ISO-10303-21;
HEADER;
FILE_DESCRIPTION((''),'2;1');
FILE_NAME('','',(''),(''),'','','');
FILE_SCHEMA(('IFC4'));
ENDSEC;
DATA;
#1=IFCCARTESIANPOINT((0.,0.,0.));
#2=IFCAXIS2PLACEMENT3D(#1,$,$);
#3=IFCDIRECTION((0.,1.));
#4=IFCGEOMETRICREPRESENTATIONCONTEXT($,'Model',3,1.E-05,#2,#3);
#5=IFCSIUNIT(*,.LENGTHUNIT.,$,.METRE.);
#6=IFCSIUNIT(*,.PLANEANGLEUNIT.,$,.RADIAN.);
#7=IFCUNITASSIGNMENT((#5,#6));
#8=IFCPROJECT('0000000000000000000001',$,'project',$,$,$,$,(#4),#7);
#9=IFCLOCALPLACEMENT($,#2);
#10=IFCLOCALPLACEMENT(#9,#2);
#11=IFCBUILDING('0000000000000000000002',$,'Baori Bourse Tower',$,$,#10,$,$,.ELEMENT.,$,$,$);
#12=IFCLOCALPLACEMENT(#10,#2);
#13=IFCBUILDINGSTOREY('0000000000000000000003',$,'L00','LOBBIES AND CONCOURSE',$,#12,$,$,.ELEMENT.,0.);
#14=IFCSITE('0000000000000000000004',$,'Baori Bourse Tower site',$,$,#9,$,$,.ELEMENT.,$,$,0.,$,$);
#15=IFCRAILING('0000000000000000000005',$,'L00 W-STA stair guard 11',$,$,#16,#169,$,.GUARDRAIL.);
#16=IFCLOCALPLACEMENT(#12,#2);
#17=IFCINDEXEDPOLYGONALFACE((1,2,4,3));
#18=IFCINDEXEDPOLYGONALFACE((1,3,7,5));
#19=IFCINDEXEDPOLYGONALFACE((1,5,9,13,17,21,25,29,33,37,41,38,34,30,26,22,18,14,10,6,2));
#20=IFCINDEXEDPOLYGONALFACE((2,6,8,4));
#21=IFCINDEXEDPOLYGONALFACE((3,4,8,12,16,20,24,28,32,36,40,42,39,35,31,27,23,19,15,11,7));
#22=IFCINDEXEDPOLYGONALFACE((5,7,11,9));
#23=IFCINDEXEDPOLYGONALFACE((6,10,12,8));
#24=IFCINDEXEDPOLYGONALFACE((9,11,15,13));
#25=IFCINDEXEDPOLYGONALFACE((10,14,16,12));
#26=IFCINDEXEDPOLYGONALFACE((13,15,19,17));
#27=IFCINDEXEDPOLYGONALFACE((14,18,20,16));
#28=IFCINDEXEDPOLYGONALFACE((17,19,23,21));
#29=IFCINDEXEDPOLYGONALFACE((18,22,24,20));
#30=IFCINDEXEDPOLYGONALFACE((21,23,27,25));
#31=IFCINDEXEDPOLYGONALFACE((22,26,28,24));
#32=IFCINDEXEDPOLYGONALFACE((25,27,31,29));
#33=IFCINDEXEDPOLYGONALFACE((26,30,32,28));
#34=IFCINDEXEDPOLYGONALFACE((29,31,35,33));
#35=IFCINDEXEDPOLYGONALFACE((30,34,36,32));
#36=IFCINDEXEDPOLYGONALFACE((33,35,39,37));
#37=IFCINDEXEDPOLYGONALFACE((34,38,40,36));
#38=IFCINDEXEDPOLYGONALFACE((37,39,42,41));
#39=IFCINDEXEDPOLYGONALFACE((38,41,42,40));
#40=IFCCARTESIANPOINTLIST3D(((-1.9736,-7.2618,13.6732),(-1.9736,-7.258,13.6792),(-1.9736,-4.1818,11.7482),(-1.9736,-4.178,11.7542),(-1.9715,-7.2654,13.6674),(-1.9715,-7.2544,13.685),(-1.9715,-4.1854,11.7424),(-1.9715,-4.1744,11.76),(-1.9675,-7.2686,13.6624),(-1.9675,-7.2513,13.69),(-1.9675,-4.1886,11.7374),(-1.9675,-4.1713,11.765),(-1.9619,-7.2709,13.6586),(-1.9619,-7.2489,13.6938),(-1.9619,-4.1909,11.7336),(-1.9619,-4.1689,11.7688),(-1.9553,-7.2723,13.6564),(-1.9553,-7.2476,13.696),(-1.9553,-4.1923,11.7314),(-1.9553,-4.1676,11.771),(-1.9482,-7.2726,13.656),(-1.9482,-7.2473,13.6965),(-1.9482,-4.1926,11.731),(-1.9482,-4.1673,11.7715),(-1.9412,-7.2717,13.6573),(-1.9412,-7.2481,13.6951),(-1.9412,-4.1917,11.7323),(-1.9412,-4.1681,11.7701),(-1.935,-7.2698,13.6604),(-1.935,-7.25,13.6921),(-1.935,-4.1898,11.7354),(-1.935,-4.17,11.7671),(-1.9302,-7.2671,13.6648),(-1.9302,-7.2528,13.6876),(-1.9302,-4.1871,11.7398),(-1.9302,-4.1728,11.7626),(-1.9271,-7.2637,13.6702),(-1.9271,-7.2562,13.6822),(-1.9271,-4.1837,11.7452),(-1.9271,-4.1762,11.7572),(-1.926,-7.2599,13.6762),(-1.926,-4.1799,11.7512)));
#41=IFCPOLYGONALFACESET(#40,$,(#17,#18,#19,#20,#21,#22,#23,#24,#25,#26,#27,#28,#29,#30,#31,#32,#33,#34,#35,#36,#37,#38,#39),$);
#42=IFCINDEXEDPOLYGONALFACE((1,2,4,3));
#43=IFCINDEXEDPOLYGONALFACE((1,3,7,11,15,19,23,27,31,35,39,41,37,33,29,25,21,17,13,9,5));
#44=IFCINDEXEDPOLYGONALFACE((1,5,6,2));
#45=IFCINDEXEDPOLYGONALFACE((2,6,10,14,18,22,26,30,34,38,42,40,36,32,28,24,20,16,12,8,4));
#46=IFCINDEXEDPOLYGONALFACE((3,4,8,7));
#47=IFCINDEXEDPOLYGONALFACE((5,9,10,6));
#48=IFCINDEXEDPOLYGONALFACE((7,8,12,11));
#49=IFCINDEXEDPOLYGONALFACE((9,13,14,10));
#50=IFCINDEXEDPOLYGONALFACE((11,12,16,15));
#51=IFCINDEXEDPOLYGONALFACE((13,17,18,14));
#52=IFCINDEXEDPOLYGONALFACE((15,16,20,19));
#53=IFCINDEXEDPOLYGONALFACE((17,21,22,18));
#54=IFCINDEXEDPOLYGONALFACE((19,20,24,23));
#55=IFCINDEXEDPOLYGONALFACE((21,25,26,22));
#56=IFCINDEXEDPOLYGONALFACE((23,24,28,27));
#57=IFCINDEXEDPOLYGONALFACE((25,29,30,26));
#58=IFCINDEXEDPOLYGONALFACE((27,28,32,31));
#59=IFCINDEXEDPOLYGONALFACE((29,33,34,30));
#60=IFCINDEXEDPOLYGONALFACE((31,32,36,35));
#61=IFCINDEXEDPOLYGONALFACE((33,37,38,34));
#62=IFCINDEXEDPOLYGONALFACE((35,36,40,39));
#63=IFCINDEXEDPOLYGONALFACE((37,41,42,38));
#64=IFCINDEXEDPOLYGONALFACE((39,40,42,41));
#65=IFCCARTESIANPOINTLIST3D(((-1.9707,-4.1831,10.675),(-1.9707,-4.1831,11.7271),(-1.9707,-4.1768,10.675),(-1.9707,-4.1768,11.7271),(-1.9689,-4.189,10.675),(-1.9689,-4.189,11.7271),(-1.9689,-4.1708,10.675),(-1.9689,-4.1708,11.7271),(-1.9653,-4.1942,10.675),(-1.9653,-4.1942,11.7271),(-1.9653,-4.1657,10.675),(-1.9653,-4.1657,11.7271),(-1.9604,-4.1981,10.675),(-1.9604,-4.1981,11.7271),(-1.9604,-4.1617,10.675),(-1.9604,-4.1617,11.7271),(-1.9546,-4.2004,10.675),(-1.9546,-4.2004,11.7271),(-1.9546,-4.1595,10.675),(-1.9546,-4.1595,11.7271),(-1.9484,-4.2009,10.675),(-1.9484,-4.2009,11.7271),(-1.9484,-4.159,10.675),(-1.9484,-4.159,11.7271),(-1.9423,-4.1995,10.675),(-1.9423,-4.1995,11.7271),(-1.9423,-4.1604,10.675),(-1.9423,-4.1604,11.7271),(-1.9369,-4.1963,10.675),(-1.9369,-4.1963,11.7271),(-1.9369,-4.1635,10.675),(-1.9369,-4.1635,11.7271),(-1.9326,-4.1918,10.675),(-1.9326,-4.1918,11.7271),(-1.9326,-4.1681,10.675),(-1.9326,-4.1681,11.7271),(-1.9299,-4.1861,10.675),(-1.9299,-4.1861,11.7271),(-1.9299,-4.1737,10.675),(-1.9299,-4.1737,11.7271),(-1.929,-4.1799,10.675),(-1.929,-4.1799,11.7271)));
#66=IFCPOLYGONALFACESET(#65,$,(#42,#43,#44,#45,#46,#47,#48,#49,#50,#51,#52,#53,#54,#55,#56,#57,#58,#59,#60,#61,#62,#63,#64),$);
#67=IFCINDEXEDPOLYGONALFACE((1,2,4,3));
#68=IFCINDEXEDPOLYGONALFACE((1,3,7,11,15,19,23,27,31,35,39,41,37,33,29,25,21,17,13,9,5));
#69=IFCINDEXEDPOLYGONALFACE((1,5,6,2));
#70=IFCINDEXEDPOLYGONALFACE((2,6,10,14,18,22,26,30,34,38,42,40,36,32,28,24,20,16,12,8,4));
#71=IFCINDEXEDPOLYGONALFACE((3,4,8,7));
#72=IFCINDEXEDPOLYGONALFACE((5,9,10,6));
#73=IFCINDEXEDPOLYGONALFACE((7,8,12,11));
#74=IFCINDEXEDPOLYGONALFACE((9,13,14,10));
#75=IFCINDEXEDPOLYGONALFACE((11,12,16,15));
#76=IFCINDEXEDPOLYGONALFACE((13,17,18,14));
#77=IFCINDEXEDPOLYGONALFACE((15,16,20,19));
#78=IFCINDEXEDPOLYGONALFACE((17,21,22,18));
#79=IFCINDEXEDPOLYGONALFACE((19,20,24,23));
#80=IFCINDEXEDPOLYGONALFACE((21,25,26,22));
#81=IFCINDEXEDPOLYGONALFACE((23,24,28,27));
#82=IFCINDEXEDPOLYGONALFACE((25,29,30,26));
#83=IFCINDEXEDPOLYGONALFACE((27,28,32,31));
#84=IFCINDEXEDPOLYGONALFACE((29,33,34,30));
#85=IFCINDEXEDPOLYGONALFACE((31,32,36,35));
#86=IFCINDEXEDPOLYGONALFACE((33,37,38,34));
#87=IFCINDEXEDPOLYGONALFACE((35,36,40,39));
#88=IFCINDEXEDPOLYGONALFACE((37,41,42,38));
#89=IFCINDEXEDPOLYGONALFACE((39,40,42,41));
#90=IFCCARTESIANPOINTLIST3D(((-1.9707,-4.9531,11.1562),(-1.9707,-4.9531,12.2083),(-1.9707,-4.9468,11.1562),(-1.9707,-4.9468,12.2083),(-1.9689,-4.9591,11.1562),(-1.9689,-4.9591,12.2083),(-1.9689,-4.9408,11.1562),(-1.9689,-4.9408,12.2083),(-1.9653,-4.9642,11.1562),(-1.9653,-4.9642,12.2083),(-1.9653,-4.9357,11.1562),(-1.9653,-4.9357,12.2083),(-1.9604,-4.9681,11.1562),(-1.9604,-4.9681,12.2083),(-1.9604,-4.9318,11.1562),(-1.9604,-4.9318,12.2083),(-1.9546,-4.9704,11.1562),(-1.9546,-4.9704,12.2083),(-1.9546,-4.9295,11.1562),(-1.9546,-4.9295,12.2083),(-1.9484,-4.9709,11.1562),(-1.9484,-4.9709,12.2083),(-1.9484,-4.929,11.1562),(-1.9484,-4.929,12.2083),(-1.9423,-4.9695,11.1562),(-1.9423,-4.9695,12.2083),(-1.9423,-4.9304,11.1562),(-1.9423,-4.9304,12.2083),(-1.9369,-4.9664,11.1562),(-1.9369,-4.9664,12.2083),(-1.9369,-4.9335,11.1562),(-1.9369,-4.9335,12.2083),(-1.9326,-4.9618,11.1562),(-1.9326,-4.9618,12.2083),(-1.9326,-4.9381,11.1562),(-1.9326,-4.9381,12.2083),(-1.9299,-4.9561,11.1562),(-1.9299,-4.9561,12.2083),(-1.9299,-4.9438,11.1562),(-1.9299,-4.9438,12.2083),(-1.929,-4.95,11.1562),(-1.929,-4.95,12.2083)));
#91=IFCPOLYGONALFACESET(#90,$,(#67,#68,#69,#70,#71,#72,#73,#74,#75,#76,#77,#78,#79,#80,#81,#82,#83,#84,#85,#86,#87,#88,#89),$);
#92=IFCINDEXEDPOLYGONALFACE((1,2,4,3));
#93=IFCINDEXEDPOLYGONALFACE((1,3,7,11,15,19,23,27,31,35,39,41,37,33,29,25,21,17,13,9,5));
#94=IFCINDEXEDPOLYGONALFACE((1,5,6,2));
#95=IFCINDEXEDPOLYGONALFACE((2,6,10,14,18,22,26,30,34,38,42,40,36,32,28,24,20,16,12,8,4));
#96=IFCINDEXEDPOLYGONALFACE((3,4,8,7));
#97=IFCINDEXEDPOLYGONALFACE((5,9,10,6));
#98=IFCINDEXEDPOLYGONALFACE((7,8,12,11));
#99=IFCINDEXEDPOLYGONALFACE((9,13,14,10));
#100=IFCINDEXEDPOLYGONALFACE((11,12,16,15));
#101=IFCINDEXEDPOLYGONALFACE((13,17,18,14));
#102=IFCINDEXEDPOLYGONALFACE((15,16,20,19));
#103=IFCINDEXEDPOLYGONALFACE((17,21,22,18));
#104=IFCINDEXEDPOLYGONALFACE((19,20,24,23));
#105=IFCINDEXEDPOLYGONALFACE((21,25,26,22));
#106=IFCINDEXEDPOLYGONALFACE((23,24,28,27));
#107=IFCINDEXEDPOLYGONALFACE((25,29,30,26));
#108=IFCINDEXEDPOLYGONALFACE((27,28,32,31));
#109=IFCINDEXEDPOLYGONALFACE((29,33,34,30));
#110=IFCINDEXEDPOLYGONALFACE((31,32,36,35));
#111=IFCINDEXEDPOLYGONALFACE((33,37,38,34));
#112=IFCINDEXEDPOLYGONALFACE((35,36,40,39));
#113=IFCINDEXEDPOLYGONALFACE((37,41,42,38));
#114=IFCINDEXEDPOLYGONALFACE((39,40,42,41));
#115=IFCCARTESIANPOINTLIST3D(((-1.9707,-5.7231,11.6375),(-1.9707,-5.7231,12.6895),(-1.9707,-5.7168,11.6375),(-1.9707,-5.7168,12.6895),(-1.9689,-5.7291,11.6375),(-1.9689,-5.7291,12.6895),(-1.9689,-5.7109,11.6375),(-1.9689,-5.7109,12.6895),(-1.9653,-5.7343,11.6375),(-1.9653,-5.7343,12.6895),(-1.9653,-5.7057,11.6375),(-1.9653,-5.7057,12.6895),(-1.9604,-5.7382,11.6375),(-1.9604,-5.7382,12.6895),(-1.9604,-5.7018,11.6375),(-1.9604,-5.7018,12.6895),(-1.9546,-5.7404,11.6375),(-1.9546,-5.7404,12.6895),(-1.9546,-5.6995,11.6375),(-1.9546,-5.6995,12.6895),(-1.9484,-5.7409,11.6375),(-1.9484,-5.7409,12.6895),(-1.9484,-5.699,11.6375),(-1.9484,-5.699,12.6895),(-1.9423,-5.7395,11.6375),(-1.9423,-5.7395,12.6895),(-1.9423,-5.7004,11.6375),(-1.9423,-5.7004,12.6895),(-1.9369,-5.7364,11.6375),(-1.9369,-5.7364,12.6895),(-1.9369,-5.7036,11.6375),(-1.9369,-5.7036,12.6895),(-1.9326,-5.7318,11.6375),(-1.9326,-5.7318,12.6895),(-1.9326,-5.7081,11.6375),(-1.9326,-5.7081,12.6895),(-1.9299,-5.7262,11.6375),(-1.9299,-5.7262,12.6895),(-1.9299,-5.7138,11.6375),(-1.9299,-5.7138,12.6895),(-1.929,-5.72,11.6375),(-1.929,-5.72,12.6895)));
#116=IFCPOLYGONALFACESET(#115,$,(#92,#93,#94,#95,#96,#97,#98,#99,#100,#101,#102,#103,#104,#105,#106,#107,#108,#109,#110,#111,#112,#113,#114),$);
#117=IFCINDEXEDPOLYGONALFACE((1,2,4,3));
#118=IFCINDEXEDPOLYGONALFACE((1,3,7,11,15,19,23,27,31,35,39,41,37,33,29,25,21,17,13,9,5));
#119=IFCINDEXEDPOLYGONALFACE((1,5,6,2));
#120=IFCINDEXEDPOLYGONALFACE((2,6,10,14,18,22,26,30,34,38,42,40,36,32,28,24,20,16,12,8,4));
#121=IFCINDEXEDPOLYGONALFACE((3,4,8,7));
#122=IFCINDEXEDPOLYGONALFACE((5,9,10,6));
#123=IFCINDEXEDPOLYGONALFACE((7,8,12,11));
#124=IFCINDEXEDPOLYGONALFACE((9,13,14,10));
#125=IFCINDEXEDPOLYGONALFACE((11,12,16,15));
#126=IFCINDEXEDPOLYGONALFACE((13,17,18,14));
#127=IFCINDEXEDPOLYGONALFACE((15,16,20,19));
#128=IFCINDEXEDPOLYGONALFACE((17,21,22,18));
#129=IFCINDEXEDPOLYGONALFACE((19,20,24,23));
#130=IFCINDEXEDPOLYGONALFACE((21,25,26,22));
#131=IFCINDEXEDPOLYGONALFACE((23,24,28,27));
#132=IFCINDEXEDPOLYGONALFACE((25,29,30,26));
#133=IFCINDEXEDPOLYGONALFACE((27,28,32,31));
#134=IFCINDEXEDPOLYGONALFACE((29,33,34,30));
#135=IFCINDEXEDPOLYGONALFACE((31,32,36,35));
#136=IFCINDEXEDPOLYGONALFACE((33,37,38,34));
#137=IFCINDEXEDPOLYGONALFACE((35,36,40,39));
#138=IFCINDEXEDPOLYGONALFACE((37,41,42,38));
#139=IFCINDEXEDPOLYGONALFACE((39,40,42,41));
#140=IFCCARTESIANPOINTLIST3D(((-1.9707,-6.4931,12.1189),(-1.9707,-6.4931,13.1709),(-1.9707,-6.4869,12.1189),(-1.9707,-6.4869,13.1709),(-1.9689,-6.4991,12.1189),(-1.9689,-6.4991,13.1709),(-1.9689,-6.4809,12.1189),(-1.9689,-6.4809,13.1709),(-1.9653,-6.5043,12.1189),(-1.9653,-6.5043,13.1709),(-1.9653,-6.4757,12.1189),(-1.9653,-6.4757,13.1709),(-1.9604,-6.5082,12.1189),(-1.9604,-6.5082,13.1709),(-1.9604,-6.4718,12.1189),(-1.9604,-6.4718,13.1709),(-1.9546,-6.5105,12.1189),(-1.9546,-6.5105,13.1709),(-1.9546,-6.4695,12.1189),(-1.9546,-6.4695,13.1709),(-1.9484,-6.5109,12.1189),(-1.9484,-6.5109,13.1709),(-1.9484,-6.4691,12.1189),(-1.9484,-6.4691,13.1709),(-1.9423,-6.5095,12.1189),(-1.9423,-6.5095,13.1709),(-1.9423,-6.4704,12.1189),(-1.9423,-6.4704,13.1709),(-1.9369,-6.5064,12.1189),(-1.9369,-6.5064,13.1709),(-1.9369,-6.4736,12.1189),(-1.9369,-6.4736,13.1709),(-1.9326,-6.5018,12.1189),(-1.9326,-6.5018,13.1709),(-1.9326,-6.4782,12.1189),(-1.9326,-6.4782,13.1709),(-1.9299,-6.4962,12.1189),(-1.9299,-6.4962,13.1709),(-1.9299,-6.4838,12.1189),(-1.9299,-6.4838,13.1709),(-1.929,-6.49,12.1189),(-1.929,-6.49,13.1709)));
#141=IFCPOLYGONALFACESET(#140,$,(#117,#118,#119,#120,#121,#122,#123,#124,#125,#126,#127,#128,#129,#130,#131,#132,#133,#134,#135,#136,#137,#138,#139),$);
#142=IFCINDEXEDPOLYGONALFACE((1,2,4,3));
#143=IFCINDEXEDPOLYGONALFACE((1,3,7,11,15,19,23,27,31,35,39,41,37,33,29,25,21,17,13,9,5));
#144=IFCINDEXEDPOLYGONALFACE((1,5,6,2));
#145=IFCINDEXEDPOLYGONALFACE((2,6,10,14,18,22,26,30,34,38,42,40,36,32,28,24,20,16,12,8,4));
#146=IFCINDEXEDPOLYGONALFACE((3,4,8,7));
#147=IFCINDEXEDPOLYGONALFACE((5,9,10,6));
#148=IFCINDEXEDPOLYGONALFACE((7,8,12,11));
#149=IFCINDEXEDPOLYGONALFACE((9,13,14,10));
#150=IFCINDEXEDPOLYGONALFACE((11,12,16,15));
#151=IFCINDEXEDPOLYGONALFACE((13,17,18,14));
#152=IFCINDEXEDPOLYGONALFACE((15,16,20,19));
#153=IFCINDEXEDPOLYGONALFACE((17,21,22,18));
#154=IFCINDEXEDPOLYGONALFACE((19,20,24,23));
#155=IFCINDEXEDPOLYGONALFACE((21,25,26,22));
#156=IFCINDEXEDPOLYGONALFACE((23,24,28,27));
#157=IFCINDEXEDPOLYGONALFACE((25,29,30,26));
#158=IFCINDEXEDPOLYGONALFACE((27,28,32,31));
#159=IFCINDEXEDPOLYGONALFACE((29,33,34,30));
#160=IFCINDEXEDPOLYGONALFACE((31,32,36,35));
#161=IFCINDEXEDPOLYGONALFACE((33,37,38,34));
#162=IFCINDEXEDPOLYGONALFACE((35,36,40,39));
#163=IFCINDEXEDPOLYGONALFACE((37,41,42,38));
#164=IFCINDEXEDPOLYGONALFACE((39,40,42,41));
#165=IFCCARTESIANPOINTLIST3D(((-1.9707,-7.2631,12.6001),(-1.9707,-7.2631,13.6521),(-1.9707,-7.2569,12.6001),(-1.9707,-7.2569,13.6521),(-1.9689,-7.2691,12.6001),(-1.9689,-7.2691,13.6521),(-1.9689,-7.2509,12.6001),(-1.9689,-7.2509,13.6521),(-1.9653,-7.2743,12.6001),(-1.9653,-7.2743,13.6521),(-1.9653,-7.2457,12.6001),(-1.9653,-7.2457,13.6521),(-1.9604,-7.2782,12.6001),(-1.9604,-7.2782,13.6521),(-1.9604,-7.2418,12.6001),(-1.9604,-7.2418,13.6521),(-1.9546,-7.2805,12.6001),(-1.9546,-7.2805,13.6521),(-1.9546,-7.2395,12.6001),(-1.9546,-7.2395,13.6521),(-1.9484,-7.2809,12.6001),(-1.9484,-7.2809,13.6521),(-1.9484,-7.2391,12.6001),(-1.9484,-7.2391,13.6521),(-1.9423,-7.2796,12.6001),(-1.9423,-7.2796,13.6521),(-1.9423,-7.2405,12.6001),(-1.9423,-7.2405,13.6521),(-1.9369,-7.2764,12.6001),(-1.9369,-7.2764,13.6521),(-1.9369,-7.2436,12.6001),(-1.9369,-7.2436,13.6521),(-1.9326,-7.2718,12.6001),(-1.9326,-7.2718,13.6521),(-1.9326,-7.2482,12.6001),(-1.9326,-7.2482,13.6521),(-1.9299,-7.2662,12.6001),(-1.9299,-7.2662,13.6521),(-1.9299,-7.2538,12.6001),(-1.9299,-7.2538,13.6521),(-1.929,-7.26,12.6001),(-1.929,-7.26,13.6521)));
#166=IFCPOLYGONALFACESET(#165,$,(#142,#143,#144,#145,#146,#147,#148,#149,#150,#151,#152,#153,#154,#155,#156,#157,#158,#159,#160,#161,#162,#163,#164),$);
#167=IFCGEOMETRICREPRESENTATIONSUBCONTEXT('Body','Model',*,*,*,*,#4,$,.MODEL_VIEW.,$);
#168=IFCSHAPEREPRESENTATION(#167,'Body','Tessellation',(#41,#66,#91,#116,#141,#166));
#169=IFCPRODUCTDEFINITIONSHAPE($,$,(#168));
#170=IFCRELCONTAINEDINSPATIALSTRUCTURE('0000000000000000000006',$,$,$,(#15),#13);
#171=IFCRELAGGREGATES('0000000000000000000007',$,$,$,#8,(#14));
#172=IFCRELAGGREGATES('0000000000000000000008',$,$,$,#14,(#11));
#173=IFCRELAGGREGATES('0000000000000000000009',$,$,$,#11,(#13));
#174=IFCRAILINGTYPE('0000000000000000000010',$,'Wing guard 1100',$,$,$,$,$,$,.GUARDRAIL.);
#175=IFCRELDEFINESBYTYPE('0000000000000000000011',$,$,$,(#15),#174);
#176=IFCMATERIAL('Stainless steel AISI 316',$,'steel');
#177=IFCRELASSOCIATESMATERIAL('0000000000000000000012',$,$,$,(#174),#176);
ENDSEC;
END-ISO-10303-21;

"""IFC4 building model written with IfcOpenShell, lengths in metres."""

from ifc_helpers import new_model, si_unit, direction, frame, origin, origin_2d, place, context, subcontext, project, spatial, circle, extrude, material, type_object, element, save


model = new_model("IFC4")

# Units and contexts
model_context = context("Model", 3, precision=1e-05, world=origin(), true_north=direction((0.0, 1.0)))
body_context = subcontext(model_context, "Body", "Model", "MODEL_VIEW")
ifc_project = project(units=[si_unit("LENGTHUNIT", "METRE"), si_unit("PLANEANGLEUNIT", "RADIAN")], contexts=[model_context])

# Site, building, storey
site_placement = place(None, origin())
site = spatial("IfcSite", under=ifc_project, at=site_placement, Name="Baori Bourse Tower site", CompositionType="ELEMENT", RefElevation=0.0)
building_placement = place(site_placement, origin())
building = spatial("IfcBuilding", under=site, at=building_placement, Name="Baori Bourse Tower", CompositionType="ELEMENT")
storey_placement = place(building_placement, origin())
storey = spatial("IfcBuildingStorey", under=building, at=storey_placement, Name="L00", Description="LOBBIES AND CONCOURSE", CompositionType="ELEMENT", Elevation=0.0)

# Railing
ifc_material_1 = material(Name="Stainless steel AISI 316", Category="steel")
railing_type_1 = type_object("IfcRailingType", Name="Wing guard 1100", PredefinedType="GUARDRAIL", material=ifc_material_1)
railing_1_placement = place(storey_placement, frame((-1.95, -4.1799, 10.675)))
element("IfcRailing", 1, at=railing_1_placement, inside=storey, type_object=railing_type_1, Name="L00 W-STA stair guard 11", PredefinedType="GUARDRAIL", context=body_context, shape_type="SweptSolid", body=[
    extrude(circle(Radius=0.0239, at=origin_2d()), frame((0.0, 0.0, 1.0762), z_axis=(0.0, -0.847998, 0.529999), x_axis=(1.0, 0.0, 0.0)), (0.0, 0.0, 1.0), 3.6321),
    extrude(circle(Radius=0.021, at=origin_2d()), origin(), (0.0, 0.0, 1.0), 1.052),
    extrude(circle(Radius=0.021, at=origin_2d()), frame((0.0, -0.77, 0.4812)), (0.0, 0.0, 1.0), 1.052),
    extrude(circle(Radius=0.021, at=origin_2d()), frame((0.0, -1.54, 0.9624)), (0.0, 0.0, 1.0), 1.052),
    extrude(circle(Radius=0.021, at=origin_2d()), frame((0.0, -2.3101, 1.4438)), (0.0, 0.0, 1.0), 1.052),
    extrude(circle(Radius=0.021, at=origin_2d()), frame((0.0, -3.0801, 1.925)), (0.0, 0.0, 1.0), 1.052),
])

save(model, "model.ifc")
